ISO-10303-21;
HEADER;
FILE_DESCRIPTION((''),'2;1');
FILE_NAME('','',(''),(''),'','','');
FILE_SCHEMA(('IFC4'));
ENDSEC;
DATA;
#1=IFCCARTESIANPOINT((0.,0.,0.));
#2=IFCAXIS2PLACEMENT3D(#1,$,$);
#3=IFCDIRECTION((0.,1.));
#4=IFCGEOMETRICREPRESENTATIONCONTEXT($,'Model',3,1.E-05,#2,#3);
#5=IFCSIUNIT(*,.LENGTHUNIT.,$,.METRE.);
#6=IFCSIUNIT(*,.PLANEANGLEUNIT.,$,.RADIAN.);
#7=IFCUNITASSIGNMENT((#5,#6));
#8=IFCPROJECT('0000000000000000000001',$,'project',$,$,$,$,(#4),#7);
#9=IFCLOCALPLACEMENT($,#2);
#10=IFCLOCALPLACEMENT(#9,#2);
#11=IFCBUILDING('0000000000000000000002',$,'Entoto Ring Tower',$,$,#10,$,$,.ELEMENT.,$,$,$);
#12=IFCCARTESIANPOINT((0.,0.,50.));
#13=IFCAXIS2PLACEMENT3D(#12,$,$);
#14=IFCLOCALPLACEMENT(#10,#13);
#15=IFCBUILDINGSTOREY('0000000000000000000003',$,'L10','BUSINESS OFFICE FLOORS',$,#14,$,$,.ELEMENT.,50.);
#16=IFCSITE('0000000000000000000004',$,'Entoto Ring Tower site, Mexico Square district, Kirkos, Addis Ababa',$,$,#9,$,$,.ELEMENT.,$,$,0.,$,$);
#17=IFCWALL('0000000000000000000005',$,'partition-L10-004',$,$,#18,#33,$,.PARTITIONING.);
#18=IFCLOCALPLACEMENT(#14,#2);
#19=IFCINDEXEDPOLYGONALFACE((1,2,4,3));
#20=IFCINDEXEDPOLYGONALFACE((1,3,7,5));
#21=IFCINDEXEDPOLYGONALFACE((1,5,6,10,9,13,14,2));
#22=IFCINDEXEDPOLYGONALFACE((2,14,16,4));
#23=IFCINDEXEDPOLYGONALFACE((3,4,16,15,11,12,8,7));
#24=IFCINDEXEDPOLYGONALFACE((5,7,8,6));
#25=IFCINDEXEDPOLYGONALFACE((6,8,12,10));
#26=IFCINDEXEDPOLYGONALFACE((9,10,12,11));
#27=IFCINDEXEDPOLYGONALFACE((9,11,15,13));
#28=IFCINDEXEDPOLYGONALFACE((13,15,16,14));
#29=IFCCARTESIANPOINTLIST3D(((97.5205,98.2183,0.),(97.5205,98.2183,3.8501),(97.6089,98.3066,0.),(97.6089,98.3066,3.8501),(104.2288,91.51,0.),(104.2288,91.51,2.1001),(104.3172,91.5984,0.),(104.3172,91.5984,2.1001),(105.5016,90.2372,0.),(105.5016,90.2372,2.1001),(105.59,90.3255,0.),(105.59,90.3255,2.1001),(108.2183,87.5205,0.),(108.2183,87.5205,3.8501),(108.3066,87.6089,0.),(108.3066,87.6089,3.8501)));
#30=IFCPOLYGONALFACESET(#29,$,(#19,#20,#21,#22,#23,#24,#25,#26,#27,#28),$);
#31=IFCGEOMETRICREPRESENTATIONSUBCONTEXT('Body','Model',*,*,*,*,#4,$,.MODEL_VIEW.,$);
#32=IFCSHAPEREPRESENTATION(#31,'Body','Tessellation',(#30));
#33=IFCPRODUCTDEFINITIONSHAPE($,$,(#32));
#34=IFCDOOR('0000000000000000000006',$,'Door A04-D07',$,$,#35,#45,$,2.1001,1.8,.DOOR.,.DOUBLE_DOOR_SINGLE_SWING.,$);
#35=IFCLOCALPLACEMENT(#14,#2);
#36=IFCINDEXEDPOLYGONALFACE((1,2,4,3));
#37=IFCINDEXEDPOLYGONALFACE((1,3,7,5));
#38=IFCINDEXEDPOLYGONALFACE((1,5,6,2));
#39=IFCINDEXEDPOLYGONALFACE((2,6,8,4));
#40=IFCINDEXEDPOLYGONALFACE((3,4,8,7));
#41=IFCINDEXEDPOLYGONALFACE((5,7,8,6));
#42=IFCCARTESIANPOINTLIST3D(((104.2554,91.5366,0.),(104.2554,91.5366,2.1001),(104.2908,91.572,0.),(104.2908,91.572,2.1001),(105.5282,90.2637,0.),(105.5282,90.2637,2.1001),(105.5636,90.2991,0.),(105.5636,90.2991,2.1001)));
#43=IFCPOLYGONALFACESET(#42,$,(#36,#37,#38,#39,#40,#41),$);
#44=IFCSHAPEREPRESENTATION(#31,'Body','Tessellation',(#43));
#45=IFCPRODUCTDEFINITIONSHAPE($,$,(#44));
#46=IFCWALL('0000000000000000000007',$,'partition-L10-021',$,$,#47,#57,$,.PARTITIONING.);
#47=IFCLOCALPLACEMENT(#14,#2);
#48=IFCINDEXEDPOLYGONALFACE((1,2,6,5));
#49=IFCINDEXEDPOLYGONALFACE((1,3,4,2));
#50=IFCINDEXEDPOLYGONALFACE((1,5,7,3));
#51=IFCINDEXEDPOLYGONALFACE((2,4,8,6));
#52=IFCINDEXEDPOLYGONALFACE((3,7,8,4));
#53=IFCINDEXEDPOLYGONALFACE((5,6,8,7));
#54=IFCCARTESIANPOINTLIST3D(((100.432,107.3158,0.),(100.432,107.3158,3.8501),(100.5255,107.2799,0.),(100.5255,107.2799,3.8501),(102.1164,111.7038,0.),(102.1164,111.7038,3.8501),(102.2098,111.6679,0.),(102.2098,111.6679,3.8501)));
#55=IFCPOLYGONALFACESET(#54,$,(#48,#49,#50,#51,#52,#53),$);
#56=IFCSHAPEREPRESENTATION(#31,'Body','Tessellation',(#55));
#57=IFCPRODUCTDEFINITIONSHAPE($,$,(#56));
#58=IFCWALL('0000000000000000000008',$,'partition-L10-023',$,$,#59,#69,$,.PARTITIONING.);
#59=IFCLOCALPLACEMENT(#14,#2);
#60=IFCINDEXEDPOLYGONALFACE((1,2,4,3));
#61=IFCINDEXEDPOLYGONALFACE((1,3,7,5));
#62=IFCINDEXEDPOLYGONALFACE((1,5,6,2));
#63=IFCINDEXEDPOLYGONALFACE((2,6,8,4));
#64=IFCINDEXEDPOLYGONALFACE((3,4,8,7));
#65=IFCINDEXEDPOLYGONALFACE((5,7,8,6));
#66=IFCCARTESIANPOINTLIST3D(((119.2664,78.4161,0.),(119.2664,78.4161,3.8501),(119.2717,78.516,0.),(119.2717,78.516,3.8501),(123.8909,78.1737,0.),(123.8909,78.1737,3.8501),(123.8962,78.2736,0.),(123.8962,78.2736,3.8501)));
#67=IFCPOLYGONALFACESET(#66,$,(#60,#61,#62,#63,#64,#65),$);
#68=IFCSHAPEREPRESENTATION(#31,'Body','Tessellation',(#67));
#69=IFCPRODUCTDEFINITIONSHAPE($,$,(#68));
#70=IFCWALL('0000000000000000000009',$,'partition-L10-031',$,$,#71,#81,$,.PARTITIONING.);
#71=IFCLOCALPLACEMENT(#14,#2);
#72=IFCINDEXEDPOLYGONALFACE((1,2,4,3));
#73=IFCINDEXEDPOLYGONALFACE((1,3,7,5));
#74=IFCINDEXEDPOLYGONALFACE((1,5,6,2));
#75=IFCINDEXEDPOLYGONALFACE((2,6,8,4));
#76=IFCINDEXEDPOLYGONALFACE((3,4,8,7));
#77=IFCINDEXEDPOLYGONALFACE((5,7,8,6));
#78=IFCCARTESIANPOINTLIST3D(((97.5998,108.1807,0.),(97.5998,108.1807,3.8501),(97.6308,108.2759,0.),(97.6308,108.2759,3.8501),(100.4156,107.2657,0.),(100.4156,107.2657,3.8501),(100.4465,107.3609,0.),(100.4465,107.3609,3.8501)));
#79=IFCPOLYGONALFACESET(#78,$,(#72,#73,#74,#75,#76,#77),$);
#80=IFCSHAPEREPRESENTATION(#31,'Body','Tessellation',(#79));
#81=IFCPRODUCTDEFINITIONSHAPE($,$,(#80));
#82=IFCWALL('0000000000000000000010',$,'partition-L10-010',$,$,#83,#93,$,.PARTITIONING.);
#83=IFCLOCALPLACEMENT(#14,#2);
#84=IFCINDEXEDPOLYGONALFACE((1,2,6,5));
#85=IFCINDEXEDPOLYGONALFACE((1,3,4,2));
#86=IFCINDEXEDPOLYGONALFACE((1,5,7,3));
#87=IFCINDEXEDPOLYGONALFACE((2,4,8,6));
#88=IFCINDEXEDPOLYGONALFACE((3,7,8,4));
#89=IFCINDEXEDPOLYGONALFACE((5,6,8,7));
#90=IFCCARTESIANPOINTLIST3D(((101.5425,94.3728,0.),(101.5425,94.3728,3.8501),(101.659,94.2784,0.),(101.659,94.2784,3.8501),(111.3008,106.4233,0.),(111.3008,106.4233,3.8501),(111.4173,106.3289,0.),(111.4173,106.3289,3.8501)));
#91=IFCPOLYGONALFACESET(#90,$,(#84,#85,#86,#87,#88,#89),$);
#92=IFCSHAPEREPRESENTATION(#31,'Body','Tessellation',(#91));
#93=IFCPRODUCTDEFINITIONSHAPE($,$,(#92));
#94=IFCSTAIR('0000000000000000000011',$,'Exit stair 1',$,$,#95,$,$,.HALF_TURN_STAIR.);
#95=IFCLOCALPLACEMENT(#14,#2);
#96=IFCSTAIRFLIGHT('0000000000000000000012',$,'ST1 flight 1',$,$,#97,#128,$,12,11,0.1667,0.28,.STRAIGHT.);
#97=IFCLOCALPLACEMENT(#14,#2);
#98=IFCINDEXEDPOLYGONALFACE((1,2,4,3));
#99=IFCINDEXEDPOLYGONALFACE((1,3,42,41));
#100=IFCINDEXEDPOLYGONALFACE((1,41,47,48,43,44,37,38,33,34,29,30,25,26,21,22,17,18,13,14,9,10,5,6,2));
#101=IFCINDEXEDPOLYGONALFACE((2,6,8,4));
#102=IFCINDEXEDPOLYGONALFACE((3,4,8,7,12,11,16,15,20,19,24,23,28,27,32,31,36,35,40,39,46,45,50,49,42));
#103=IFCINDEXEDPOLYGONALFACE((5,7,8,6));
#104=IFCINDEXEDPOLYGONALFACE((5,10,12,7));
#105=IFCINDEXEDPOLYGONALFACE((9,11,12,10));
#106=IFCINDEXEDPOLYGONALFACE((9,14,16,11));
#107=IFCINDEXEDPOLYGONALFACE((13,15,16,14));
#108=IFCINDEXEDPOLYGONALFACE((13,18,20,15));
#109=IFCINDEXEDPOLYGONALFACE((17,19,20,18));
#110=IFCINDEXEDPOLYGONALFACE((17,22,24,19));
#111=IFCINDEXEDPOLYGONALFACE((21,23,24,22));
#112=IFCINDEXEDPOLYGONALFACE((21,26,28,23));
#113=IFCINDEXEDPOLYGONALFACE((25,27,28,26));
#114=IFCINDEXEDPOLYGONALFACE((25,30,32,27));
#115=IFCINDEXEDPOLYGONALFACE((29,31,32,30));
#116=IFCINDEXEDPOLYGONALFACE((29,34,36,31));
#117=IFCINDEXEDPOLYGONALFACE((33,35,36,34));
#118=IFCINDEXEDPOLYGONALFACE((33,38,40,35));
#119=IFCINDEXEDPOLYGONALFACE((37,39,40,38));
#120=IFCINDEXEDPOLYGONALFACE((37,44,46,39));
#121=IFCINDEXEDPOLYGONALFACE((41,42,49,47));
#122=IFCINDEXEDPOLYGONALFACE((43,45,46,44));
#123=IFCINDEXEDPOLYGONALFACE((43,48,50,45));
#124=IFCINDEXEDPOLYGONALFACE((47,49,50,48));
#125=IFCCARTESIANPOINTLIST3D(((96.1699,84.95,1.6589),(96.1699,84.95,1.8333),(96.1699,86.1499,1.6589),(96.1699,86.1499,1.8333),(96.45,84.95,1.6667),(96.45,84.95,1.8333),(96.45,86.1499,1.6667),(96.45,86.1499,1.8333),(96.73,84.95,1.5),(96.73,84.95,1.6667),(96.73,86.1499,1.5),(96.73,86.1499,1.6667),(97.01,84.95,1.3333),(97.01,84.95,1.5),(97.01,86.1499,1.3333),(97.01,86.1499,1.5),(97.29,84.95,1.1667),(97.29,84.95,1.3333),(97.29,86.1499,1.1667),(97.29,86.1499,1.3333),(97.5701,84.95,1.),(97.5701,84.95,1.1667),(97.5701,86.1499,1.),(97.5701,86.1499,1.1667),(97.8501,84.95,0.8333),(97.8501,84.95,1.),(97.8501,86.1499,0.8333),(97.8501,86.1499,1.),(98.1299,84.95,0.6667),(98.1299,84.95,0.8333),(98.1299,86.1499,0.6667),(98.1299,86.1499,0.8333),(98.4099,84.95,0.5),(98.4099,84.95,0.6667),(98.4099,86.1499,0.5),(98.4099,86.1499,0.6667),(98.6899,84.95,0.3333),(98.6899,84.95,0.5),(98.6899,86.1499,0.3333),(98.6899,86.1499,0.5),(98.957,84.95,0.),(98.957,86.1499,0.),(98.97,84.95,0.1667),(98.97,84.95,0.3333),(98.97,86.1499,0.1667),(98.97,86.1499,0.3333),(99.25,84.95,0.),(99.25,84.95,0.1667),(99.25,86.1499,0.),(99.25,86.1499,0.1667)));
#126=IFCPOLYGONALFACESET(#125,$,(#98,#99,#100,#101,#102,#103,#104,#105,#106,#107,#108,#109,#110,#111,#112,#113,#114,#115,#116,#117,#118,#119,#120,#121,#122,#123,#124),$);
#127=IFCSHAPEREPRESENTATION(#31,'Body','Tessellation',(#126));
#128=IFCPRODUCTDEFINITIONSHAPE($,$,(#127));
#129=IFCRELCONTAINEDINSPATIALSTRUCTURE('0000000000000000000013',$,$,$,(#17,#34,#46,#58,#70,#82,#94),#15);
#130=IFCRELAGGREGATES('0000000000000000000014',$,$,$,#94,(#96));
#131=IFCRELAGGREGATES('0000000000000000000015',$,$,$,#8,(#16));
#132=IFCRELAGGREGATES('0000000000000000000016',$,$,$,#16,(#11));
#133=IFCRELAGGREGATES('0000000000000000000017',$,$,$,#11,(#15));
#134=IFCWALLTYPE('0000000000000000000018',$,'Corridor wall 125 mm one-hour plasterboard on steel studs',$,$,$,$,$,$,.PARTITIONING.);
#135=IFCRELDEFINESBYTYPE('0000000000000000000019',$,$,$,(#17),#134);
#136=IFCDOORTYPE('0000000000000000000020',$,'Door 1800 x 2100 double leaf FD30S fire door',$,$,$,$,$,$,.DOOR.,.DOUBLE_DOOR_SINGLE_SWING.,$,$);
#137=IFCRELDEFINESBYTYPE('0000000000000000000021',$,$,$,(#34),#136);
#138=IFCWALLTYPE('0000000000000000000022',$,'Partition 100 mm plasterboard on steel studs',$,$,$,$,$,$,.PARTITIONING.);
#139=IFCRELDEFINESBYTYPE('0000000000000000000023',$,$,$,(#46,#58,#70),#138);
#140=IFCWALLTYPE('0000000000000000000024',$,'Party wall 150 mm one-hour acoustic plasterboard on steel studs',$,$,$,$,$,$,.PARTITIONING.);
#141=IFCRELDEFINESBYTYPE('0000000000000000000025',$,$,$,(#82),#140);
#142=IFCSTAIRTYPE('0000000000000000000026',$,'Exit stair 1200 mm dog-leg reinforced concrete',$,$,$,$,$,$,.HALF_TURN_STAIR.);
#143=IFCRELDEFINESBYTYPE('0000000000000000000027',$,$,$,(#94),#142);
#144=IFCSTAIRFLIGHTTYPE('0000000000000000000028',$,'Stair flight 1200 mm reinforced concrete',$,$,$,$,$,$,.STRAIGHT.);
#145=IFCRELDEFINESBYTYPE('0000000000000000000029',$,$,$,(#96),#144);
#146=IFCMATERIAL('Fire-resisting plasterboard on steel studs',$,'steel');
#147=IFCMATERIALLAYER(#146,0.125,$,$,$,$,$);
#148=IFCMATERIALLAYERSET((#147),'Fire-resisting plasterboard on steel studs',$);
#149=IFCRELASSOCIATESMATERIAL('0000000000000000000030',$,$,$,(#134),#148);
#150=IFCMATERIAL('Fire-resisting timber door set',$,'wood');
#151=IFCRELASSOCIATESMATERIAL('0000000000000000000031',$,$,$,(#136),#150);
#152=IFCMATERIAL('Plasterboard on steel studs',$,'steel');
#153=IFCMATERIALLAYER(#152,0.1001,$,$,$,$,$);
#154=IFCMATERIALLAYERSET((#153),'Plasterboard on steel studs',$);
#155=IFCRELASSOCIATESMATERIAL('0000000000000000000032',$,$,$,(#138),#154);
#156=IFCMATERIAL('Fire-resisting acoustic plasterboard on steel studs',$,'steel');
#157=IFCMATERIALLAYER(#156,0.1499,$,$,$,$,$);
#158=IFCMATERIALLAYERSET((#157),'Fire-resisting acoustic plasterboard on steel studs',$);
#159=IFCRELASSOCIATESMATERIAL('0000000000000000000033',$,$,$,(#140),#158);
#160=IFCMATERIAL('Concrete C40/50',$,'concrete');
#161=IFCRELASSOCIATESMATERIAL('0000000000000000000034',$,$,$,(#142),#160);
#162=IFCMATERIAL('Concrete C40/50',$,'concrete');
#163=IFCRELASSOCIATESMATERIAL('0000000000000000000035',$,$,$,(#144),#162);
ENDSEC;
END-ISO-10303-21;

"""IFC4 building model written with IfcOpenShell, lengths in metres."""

from ifc_helpers import new_model, si_unit, direction, frame, frame_2d, origin, place, context, subcontext, project, spatial, polyline, rectangle, outline, extrude, material, layer, layer_set, type_object, element, fill, aggregate, save


model = new_model("IFC4")

# Units and contexts
model_context = context("Model", 3, precision=1e-05, world=origin(), true_north=direction((0.0, 1.0)))
body_context = subcontext(model_context, "Body", "Model", "MODEL_VIEW")
ifc_project = project(units=[si_unit("LENGTHUNIT", "METRE"), si_unit("PLANEANGLEUNIT", "RADIAN")], contexts=[model_context])

# Site, building, storey
site_placement = place(None, origin())
site = spatial("IfcSite", under=ifc_project, at=site_placement, Name="Entoto Ring Tower site, Mexico Square district, Kirkos, Addis Ababa", CompositionType="ELEMENT", RefElevation=0.0)
building_placement = place(site_placement, origin())
building = spatial("IfcBuilding", under=site, at=building_placement, Name="Entoto Ring Tower", CompositionType="ELEMENT")
storey_placement = place(building_placement, frame((0.0, 0.0, 50.0)))
storey = spatial("IfcBuildingStorey", under=building, at=storey_placement, Name="L10", Description="BUSINESS OFFICE FLOORS", CompositionType="ELEMENT", Elevation=50.0)

# Wall, opening, door
ifc_material_1 = material(Name="Fire-resisting plasterboard on steel studs", Category="steel")
ifc_layer_1 = layer(ifc_material_1, 0.125)
ifc_layer_set_1 = layer_set([ifc_layer_1], Name="Fire-resisting plasterboard on steel studs")
wall_type_1 = type_object("IfcWallType", Name="Corridor wall 125 mm one-hour plasterboard on steel studs", PredefinedType="PARTITIONING", material=ifc_layer_set_1)
wall_1_placement = place(storey_placement, frame((108.2625, 87.5647, 0.0), z_axis=(0.0, 0.0, 1.0), x_axis=(-0.707107, 0.707107, 0.0)))
wall_1 = element("IfcWall", 1, at=wall_1_placement, inside=storey, type_object=wall_type_1, Name="partition-L10-004", PredefinedType="PARTITIONING", context=body_context, shape_type="SweptSolid", body=[
    extrude(rectangle(XDim=15.1289, YDim=0.125, at=frame_2d((7.5645, 0.0))), origin(), (0.0, 0.0, 1.0), 3.8501),
])
opening_1_placement = place(wall_1_placement, frame((3.842, 0.0, 0.0)))
opening_1 = element("IfcOpeningElement", 2, at=opening_1_placement, cuts=wall_1, PredefinedType="OPENING", context=body_context, shape_type="SweptSolid", body=[
    extrude(rectangle(XDim=1.8, YDim=2.1001, at=frame_2d((0.8999, 1.05))), frame((0.0, 0.0725, 0.0), z_axis=(0.0, -1.0, 0.0), x_axis=(1.0, 0.0, 0.0)), (0.0, 0.0, 1.0), 0.145),
])
ifc_material_2 = material(Name="Fire-resisting timber door set", Category="wood")
door_type_1 = type_object("IfcDoorType", Name="Door 1800 x 2100 double leaf FD30S fire door", OperationType="DOUBLE_DOOR_SINGLE_SWING", PredefinedType="DOOR", material=ifc_material_2)
door_1_placement = place(opening_1_placement, origin())
door_1 = element("IfcDoor", 3, at=door_1_placement, inside=storey, type_object=door_type_1, Name="Door A04-D07", OperationType="DOUBLE_DOOR_SINGLE_SWING", OverallHeight=2.1001, OverallWidth=1.8, PredefinedType="DOOR", context=body_context, shape_type="SweptSolid", body=[
    extrude(rectangle(XDim=1.8, YDim=2.1001, at=frame_2d((0.8999, 1.05))), frame((0.0, 0.0249, 0.0), z_axis=(0.0, -1.0, 0.0), x_axis=(1.0, 0.0, 0.0)), (0.0, 0.0, 1.0), 0.05),
])
fill(opening_1, door_1)

# Walls
ifc_material_3 = material(Name="Plasterboard on steel studs", Category="steel")
ifc_layer_2 = layer(ifc_material_3, 0.1001)
ifc_layer_set_2 = layer_set([ifc_layer_2], Name="Plasterboard on steel studs")
wall_type_2 = type_object("IfcWallType", Name="Partition 100 mm plasterboard on steel studs", PredefinedType="PARTITIONING", material=ifc_layer_set_2)
wall_2_placement = place(storey_placement, frame((100.4788, 107.2979, 0.0), z_axis=(0.0, 0.0, 1.0), x_axis=(0.358359, 0.933584, 0.0)))
element("IfcWall", 4, at=wall_2_placement, inside=storey, type_object=wall_type_2, Name="partition-L10-021", PredefinedType="PARTITIONING", context=body_context, shape_type="SweptSolid", body=[
    extrude(rectangle(XDim=4.7002, YDim=0.1001, at=frame_2d((2.3501, 0.0))), origin(), (0.0, 0.0, 1.0), 3.8501),
])
wall_3_placement = place(storey_placement, frame((123.8936, 78.2236, 0.0), z_axis=(0.0, 0.0, 1.0), x_axis=(-0.998629, 0.052351, 0.0)))
element("IfcWall", 5, at=wall_3_placement, inside=storey, type_object=wall_type_2, Name="partition-L10-023", PredefinedType="PARTITIONING", context=body_context, shape_type="SweptSolid", body=[
    extrude(rectangle(XDim=4.6309, YDim=0.1001, at=frame_2d((2.3154, 0.0))), origin(), (0.0, 0.0, 1.0), 3.8501),
])
wall_4_placement = place(storey_placement, frame((100.4312, 107.3132, 0.0), z_axis=(0.0, 0.0, 1.0), x_axis=(-0.95104, 0.309069, 0.0)))
element("IfcWall", 6, at=wall_4_placement, inside=storey, type_object=wall_type_2, Name="partition-L10-031", PredefinedType="PARTITIONING", context=body_context, shape_type="SweptSolid", body=[
    extrude(rectangle(XDim=2.9607, YDim=0.1001, at=frame_2d((1.4805, 0.0))), origin(), (0.0, 0.0, 1.0), 3.8501),
])
ifc_material_4 = material(Name="Fire-resisting acoustic plasterboard on steel studs", Category="steel")
ifc_layer_3 = layer(ifc_material_4, 0.1499)
ifc_layer_set_3 = layer_set([ifc_layer_3], Name="Fire-resisting acoustic plasterboard on steel studs")
wall_type_3 = type_object("IfcWallType", Name="Party wall 150 mm one-hour acoustic plasterboard on steel studs", PredefinedType="PARTITIONING", material=ifc_layer_set_3)
wall_5_placement = place(storey_placement, frame((101.6008, 94.3257, 0.0), z_axis=(0.0, 0.0, 1.0), x_axis=(0.629319, 0.777147, 0.0)))
element("IfcWall", 7, at=wall_5_placement, inside=storey, type_object=wall_type_3, Name="partition-L10-010", PredefinedType="PARTITIONING", context=body_context, shape_type="SweptSolid", body=[
    extrude(rectangle(XDim=15.5061, YDim=0.1499, at=frame_2d((7.7529, 0.0))), origin(), (0.0, 0.0, 1.0), 3.8501),
])

# Stair, stair flight
ifc_material_5 = material(Name="Concrete C40/50", Category="concrete")
stair_type = type_object("IfcStairType", Name="Exit stair 1200 mm dog-leg reinforced concrete", PredefinedType="HALF_TURN_STAIR", material=ifc_material_5)
stair_placement = place(storey_placement, origin())
stair = element("IfcStair", 8, at=stair_placement, inside=storey, type_object=stair_type, Name="Exit stair 1", PredefinedType="HALF_TURN_STAIR")
ifc_material_6 = material(Name="Concrete C40/50", Category="concrete")
stair_flight_type = type_object("IfcStairFlightType", Name="Stair flight 1200 mm reinforced concrete", PredefinedType="STRAIGHT", material=ifc_material_6)
stair_flight_placement = place(storey_placement, frame((99.25, 85.55, 0.0), z_axis=(0.0, 0.0, 1.0), x_axis=(-1.0, 0.0, 0.0)))
stair_flight = element("IfcStairFlight", 9, at=stair_flight_placement, type_object=stair_flight_type, Name="ST1 flight 1", NumberOfRisers=12, NumberOfTreads=11, PredefinedType="STRAIGHT", RiserHeight=0.1667, TreadLength=0.28, context=body_context, shape_type="SweptSolid", body=[
    extrude(outline(polyline([(0.0, 0.0), (0.0, 0.1667), (0.28, 0.1667), (0.28, 0.3333), (0.5601, 0.3333), (0.5601, 0.5), (0.8401, 0.5), (0.8401, 0.6667), (1.1201, 0.6667), (1.1201, 0.8333), (1.3999, 0.8333), (1.3999, 1.0), (1.6799, 1.0), (1.6799, 1.1667), (1.96, 1.1667), (1.96, 1.3333), (2.24, 1.3333), (2.24, 1.5), (2.52, 1.5), (2.52, 1.6667), (2.8, 1.6667), (2.8, 1.8333), (3.0801, 1.8333), (3.0801, 2.0), (3.0801, 1.6589), (0.293, 0.0), (0.0, 0.0)])), frame((0.0, 0.6001, 0.0), z_axis=(0.0, -1.0, 0.0), x_axis=(1.0, 0.0, 0.0)), (0.0, 0.0, 1.0), 1.2),
])
aggregate(stair, [stair_flight])

save(model, "model.ifc")
